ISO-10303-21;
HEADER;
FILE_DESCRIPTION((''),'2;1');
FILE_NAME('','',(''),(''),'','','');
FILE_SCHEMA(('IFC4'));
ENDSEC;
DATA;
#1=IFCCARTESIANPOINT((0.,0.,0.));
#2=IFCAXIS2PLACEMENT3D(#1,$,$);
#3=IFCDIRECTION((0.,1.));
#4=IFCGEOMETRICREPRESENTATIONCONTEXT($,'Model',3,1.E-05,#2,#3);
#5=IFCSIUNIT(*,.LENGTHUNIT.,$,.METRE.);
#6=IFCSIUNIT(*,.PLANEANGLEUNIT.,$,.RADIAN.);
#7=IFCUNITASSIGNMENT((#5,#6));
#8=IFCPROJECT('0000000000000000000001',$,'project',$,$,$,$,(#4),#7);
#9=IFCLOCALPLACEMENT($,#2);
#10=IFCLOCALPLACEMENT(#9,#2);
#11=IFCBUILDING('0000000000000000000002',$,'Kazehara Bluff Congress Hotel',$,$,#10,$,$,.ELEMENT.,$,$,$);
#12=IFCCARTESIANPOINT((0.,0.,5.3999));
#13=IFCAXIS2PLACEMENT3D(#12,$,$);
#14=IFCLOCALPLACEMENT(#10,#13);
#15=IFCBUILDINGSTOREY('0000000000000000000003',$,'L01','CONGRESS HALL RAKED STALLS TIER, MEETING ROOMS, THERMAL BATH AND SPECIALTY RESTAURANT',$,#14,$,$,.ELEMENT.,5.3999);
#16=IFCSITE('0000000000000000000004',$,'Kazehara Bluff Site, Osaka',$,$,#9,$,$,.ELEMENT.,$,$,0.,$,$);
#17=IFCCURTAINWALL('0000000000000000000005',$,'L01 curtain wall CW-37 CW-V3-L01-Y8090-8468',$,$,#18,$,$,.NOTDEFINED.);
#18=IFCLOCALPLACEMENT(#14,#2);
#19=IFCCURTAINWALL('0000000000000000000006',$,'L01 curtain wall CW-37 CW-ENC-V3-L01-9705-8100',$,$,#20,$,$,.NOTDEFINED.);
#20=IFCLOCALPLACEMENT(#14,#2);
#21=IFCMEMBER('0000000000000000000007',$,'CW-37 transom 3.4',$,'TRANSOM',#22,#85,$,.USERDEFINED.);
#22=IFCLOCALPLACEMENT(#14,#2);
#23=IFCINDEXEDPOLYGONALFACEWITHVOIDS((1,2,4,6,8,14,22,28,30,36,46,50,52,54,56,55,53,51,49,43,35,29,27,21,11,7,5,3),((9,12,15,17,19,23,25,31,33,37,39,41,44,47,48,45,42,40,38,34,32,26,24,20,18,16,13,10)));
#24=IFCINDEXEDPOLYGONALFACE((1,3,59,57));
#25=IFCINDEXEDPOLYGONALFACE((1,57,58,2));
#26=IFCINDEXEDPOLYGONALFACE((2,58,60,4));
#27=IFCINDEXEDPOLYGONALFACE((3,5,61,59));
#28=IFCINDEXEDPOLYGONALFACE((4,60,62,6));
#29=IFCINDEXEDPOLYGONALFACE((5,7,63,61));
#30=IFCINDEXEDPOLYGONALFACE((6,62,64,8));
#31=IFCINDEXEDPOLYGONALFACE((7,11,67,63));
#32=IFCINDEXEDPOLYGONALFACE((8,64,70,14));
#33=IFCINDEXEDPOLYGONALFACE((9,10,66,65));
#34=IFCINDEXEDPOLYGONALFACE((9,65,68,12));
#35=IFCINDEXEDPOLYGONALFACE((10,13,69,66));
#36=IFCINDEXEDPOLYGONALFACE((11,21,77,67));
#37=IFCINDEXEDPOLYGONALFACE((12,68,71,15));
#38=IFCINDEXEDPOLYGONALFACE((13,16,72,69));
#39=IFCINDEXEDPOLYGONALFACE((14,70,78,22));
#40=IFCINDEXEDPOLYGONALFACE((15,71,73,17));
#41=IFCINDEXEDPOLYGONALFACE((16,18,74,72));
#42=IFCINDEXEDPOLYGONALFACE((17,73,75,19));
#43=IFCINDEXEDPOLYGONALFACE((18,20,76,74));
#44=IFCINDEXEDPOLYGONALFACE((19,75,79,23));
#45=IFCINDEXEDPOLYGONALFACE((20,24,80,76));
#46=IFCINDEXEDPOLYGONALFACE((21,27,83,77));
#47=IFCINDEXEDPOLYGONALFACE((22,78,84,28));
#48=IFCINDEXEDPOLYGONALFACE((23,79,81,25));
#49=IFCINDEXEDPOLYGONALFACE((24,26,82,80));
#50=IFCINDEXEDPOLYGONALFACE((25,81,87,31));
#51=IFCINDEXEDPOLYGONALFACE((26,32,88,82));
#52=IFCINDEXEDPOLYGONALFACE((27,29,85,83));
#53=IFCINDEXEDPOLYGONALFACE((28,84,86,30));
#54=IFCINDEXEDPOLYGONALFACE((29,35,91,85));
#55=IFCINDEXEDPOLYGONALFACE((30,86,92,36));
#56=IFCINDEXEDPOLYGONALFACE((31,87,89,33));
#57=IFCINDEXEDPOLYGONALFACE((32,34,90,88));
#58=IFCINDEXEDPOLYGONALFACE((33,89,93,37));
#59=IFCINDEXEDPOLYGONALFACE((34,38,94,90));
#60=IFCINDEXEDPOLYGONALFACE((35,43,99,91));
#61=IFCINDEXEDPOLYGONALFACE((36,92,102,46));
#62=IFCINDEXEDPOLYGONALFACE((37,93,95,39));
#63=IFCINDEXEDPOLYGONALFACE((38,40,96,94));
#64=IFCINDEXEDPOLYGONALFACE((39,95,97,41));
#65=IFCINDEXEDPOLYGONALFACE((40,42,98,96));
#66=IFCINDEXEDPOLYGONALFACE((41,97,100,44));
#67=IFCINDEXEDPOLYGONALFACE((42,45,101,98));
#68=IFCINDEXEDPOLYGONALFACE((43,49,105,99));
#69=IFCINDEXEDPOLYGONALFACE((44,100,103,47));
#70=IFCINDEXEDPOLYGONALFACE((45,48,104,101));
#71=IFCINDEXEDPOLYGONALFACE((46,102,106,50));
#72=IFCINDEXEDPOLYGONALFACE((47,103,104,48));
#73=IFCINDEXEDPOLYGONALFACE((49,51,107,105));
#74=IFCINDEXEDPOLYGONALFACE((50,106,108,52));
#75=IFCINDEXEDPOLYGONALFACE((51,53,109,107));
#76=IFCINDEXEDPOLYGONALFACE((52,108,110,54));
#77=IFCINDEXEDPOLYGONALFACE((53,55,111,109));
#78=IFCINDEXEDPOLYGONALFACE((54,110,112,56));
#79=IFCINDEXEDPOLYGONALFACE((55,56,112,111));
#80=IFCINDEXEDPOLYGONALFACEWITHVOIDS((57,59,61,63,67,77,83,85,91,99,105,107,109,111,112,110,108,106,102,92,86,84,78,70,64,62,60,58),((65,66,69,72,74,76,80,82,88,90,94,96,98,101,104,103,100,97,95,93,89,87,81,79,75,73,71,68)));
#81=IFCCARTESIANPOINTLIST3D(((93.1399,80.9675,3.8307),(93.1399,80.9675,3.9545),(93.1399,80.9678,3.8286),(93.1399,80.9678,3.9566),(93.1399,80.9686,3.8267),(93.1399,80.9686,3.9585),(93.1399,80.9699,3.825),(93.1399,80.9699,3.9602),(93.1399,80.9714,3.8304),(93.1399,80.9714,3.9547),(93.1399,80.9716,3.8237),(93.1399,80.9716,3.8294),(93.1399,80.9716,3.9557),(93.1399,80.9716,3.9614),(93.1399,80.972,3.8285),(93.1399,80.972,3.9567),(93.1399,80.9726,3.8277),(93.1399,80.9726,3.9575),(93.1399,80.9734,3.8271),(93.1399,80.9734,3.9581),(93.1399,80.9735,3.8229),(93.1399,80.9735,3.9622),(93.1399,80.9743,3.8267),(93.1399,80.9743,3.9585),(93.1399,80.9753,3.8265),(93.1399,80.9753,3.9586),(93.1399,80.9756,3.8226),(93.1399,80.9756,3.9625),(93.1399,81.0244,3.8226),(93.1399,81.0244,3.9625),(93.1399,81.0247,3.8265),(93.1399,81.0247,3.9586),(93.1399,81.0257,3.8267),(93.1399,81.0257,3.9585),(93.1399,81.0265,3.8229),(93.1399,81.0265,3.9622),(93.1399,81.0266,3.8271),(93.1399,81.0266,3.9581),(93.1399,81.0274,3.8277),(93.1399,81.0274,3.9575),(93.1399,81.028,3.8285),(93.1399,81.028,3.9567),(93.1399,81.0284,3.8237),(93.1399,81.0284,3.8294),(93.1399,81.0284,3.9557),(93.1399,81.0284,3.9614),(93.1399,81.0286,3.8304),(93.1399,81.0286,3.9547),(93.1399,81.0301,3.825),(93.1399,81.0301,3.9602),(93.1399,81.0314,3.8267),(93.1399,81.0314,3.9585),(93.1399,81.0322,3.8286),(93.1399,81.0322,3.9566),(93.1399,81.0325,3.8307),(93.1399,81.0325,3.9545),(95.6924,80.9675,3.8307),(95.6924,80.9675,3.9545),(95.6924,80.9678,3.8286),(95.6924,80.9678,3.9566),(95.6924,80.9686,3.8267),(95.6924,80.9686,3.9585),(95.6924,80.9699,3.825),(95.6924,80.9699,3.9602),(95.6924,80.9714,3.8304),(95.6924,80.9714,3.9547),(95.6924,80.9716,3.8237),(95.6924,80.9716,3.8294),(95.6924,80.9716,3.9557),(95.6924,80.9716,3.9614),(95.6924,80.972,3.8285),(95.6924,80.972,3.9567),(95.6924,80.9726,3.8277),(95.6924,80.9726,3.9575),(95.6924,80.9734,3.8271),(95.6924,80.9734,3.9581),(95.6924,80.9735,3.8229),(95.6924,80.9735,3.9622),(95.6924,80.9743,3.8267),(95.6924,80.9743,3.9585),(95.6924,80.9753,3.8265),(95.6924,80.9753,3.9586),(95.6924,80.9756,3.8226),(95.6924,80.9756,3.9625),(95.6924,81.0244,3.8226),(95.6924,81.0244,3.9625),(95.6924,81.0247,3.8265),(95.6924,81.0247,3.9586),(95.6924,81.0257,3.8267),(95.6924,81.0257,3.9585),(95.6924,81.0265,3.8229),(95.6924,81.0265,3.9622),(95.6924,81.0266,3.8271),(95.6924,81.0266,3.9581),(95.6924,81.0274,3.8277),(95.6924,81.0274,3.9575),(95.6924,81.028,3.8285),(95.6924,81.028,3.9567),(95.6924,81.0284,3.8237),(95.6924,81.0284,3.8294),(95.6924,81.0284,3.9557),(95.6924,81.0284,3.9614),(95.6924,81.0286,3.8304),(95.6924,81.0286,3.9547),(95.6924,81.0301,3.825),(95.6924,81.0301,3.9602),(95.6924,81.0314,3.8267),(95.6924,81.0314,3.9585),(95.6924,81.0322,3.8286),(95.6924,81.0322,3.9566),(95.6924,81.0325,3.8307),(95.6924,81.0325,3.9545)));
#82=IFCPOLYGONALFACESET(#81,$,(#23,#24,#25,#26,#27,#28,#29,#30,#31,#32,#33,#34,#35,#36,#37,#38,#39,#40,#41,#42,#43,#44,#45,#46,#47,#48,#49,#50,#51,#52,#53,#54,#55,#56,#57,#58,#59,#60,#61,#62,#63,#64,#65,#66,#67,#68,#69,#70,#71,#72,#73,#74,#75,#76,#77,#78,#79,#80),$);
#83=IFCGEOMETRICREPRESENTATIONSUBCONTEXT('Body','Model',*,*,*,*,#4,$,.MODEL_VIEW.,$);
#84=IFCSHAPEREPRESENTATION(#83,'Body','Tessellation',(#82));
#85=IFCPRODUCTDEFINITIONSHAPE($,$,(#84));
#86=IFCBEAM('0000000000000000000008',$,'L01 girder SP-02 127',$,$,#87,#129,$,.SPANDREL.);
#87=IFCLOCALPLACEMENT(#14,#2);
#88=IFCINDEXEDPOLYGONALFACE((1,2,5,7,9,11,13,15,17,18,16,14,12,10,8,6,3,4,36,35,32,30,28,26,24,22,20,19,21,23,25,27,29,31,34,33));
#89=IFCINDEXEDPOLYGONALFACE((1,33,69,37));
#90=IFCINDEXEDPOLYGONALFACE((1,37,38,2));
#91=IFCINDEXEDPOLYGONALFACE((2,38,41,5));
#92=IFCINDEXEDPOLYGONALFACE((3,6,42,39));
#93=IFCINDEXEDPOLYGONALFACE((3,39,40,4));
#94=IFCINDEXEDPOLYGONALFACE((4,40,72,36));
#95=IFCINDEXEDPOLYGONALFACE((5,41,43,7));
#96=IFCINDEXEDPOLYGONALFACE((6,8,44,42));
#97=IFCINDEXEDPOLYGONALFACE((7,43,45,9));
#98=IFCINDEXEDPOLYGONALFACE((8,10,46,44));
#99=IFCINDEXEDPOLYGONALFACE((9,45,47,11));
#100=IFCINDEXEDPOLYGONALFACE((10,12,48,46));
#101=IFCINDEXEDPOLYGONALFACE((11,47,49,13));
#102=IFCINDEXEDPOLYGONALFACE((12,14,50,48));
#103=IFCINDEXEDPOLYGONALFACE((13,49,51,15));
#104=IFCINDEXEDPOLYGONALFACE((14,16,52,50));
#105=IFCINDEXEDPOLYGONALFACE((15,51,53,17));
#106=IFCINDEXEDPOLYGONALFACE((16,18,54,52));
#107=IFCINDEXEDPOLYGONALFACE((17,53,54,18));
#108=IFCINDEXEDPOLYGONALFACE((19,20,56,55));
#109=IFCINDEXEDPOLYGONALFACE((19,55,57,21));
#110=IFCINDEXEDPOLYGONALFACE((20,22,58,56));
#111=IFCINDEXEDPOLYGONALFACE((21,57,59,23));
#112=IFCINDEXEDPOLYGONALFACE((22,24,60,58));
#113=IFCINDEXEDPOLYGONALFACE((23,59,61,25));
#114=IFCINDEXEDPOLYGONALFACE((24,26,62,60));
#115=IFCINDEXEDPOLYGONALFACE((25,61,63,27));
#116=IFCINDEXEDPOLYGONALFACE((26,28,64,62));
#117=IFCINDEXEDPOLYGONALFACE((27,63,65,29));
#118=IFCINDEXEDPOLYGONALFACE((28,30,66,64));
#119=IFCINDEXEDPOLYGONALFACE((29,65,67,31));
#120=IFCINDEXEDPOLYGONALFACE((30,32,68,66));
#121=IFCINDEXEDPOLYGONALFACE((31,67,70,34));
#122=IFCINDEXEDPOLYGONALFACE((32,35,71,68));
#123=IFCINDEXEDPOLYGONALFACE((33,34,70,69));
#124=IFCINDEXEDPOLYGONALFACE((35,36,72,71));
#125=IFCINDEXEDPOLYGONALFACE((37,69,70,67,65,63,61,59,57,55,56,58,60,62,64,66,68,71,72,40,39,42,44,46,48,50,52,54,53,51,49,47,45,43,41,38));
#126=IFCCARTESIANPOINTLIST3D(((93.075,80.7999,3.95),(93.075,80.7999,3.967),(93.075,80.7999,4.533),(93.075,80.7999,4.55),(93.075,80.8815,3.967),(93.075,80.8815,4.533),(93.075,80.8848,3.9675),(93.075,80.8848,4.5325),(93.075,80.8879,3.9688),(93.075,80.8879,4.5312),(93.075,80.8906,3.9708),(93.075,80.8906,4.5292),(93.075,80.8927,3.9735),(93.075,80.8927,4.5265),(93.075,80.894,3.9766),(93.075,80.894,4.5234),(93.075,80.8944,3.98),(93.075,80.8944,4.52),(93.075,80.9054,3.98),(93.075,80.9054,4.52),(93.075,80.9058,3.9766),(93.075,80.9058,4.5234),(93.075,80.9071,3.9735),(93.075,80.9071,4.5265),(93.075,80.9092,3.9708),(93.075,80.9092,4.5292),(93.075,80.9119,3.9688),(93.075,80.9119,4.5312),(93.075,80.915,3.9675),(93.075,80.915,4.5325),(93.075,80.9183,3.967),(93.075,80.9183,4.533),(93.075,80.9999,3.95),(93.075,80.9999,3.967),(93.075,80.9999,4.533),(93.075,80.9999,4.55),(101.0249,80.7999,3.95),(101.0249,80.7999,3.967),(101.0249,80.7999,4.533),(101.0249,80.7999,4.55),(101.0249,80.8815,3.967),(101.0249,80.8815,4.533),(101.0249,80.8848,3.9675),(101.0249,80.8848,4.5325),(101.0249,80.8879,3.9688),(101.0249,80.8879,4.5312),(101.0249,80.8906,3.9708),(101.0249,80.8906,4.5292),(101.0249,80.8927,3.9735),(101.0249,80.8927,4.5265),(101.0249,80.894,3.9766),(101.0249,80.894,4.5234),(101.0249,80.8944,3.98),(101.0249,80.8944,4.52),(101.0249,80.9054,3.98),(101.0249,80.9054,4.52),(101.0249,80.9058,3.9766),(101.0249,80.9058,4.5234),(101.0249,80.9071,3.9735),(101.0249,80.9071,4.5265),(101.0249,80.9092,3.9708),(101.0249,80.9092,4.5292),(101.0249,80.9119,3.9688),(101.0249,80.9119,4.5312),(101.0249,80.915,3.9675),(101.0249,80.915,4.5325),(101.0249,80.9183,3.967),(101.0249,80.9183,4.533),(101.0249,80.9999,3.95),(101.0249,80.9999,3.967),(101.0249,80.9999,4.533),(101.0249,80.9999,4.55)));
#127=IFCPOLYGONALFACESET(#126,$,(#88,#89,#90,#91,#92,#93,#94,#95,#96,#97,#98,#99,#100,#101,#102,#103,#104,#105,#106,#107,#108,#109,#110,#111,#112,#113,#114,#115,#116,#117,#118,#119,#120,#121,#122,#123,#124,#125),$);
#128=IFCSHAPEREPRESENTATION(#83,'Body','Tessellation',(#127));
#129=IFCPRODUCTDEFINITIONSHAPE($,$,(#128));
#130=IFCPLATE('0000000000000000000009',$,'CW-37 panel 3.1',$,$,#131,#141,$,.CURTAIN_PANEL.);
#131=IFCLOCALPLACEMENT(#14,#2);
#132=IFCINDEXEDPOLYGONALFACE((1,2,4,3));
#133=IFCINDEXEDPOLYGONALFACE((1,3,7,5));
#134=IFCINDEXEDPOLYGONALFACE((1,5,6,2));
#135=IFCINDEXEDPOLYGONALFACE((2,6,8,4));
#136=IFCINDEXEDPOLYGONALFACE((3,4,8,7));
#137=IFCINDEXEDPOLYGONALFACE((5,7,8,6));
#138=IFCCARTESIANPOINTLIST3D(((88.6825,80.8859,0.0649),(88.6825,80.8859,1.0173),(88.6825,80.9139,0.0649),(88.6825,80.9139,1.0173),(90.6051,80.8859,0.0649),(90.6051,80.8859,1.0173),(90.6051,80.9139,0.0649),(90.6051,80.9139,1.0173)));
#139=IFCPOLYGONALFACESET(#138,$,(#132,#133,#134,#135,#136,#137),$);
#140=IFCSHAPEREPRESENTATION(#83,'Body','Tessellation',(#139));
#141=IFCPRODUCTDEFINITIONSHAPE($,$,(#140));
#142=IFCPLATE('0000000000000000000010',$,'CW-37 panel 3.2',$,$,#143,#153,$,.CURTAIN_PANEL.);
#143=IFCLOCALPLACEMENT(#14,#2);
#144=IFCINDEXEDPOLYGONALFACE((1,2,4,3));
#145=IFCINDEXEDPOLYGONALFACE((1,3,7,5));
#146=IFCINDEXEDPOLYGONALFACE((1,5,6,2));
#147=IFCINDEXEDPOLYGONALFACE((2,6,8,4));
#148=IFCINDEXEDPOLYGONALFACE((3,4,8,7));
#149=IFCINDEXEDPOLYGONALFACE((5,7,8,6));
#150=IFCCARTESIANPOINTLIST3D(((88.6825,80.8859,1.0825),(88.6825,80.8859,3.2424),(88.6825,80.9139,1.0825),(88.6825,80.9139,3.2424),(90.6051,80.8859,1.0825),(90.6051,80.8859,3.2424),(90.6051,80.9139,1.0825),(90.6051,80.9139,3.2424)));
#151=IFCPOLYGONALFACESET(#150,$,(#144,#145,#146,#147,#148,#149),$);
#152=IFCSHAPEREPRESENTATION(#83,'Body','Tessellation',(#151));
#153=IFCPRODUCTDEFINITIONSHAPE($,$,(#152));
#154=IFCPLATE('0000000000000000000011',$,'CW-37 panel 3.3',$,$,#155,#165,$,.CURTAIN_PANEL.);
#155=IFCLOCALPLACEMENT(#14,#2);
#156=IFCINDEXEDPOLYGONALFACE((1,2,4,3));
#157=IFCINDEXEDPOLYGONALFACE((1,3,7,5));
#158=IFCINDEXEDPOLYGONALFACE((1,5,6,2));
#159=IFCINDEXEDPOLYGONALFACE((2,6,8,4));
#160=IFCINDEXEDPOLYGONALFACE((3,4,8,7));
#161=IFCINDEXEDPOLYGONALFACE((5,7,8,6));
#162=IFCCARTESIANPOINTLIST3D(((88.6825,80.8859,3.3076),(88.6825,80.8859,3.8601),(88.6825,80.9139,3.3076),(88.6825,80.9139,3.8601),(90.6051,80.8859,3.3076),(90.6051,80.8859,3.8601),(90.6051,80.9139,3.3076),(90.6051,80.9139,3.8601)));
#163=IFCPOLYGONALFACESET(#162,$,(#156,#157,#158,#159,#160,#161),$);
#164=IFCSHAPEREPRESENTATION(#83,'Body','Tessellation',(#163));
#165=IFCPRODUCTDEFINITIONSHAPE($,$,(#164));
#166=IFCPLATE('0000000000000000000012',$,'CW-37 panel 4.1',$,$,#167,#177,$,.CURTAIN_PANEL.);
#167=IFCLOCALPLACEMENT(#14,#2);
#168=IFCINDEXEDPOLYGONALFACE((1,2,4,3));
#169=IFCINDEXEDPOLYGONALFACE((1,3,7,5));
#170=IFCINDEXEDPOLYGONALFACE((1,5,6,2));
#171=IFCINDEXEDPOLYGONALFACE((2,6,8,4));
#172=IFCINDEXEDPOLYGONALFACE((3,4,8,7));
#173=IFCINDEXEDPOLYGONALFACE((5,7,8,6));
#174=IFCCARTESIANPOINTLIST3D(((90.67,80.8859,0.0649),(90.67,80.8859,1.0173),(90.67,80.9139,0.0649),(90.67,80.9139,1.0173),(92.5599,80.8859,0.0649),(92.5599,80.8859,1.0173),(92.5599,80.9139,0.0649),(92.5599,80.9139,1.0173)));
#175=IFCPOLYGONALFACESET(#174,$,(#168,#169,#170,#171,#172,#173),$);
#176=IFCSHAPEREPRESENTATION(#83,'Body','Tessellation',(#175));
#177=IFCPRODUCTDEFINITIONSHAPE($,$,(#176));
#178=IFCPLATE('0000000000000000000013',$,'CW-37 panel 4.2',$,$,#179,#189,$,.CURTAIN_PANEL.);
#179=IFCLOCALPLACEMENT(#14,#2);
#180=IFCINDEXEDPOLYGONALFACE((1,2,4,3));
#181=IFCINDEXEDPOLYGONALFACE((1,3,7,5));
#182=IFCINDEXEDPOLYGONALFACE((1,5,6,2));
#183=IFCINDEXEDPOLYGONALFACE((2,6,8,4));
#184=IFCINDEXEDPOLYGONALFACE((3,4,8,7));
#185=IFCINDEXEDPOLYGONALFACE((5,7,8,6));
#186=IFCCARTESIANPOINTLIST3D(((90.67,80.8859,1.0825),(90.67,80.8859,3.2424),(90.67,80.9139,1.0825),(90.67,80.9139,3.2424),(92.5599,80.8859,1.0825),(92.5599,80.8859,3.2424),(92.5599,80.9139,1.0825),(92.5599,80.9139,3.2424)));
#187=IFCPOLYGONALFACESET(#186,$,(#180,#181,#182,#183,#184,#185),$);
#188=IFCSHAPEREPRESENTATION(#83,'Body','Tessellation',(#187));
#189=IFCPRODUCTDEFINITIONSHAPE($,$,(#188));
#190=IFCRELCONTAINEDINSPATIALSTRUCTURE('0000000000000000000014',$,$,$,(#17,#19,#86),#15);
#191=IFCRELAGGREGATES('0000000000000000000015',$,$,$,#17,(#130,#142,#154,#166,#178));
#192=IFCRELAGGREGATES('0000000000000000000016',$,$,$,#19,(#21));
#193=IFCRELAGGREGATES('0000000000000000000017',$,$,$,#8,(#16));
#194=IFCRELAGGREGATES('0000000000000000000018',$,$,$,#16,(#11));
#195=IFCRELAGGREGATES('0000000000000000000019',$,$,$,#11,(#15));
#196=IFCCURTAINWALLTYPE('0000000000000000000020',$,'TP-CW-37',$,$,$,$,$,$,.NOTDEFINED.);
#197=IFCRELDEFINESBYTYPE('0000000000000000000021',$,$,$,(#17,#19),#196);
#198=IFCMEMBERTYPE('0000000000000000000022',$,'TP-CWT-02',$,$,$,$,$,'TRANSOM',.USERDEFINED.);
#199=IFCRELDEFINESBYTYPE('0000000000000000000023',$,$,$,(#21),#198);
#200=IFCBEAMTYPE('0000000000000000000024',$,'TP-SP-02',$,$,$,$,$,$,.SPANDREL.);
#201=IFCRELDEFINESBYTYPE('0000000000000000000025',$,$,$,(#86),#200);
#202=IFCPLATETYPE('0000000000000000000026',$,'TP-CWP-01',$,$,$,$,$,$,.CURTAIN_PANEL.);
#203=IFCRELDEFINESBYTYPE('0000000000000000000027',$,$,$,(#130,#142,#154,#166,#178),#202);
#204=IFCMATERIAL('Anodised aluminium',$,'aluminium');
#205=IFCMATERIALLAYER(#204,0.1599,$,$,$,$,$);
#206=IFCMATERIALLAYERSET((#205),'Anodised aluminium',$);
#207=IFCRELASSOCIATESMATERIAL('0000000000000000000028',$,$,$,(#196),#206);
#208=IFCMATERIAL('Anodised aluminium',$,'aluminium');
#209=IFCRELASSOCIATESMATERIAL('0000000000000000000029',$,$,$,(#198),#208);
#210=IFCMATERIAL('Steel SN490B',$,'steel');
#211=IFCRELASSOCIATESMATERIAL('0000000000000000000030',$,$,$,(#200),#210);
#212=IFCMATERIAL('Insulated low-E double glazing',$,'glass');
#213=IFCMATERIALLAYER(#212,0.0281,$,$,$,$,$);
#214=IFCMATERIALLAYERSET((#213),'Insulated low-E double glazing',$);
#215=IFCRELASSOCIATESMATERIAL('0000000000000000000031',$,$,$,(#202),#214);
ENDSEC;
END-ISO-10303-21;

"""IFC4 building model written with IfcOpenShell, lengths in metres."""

from ifc_helpers import new_model, si_unit, direction, frame, origin, origin_2d, place, context, subcontext, project, spatial, rectangle, hollow_rectangle, i_section, extrude, material, layer, layer_set, material_profile, profile_set, type_object, element, aggregate, save


model = new_model("IFC4")

# Units and contexts
model_context = context("Model", 3, precision=1e-05, world=origin(), true_north=direction((0.0, 1.0)))
body_context = subcontext(model_context, "Body", "Model", "MODEL_VIEW")
ifc_project = project(units=[si_unit("LENGTHUNIT", "METRE"), si_unit("PLANEANGLEUNIT", "RADIAN")], contexts=[model_context])

# Site, building, storey
site_placement = place(None, origin())
site = spatial("IfcSite", under=ifc_project, at=site_placement, Name="Kazehara Bluff Site, Osaka", CompositionType="ELEMENT", RefElevation=0.0)
building_placement = place(site_placement, origin())
building = spatial("IfcBuilding", under=site, at=building_placement, Name="Kazehara Bluff Congress Hotel", CompositionType="ELEMENT")
storey_placement = place(building_placement, frame((0.0, 0.0, 5.3999)))
storey = spatial("IfcBuildingStorey", under=building, at=storey_placement, Name="L01", Description="CONGRESS HALL RAKED STALLS TIER, MEETING ROOMS, THERMAL BATH AND SPECIALTY RESTAURANT", CompositionType="ELEMENT", Elevation=5.3999)

# Curtain walls
ifc_material_1 = material(Name="Anodised aluminium", Category="aluminium")
ifc_layer_1 = layer(ifc_material_1, 0.1599)
ifc_layer_set_1 = layer_set([ifc_layer_1], Name="Anodised aluminium")
curtain_wall_type = type_object("IfcCurtainWallType", Name="TP-CW-37", PredefinedType="NOTDEFINED", material=ifc_layer_set_1)
curtain_wall_1_placement = place(storey_placement, origin())
curtain_wall_1 = element("IfcCurtainWall", 1, at=curtain_wall_1_placement, inside=storey, type_object=curtain_wall_type, Name="L01 curtain wall CW-37 CW-V3-L01-Y8090-8468", PredefinedType="NOTDEFINED")
curtain_wall_2_placement = place(storey_placement, origin())
curtain_wall_2 = element("IfcCurtainWall", 2, at=curtain_wall_2_placement, inside=storey, type_object=curtain_wall_type, Name="L01 curtain wall CW-37 CW-ENC-V3-L01-9705-8100", PredefinedType="NOTDEFINED")

# Member
ifc_material_2 = material(Name="Anodised aluminium", Category="aluminium")
ifc_material_profile_1 = material_profile(ifc_material_2, hollow_rectangle(XDim=0.0649, YDim=0.1399, WallThickness=0.0039, InnerFilletRadius=0.0039, OuterFilletRadius=0.0081, at=origin_2d()))
ifc_profile_set_1 = profile_set([ifc_material_profile_1], Name="Anodised aluminium")
member_type_1 = type_object("IfcMemberType", Name="TP-CWT-02", ElementType="TRANSOM", PredefinedType="USERDEFINED", material=ifc_profile_set_1)
member_1_placement = place(storey_placement, frame((95.6924, 81.0, 3.8926), z_axis=(-1.0, 0.0, 0.0), x_axis=(0.0, -1.0, 0.0)))
member_1 = element("IfcMember", 3, at=member_1_placement, type_object=member_type_1, Name="CW-37 transom 3.4", ObjectType="TRANSOM", PredefinedType="USERDEFINED", context=body_context, shape_type="SweptSolid", body=[
    extrude(hollow_rectangle(XDim=0.0649, YDim=0.1399, WallThickness=0.0039, InnerFilletRadius=0.0039, OuterFilletRadius=0.0081, at=origin_2d()), origin(), (0.0, 0.0, 1.0), 2.5525),
])

# Beam
ifc_material_3 = material(Name="Steel SN490B", Category="steel")
ifc_material_profile_2 = material_profile(ifc_material_3, i_section(OverallWidth=0.2, OverallDepth=0.6001, WebThickness=0.011, FlangeThickness=0.0171, FilletRadius=0.0129, at=origin_2d()))
ifc_profile_set_2 = profile_set([ifc_material_profile_2], Name="Steel SN490B")
beam_type = type_object("IfcBeamType", Name="TP-SP-02", PredefinedType="SPANDREL", material=ifc_profile_set_2)
beam_placement = place(storey_placement, frame((93.075, 80.8999, 4.25), z_axis=(1.0, 0.0, 0.0), x_axis=(0.0, 1.0, 0.0)))
element("IfcBeam", 4, at=beam_placement, inside=storey, type_object=beam_type, Name="L01 girder SP-02 127", PredefinedType="SPANDREL", context=body_context, shape_type="SweptSolid", body=[
    extrude(i_section(OverallWidth=0.2, OverallDepth=0.6001, WebThickness=0.011, FlangeThickness=0.0171, FilletRadius=0.0129, at=origin_2d()), origin(), (0.0, 0.0, 1.0), 7.95),
])

# Plates
ifc_material_4 = material(Name="Insulated low-E double glazing", Category="glass")
ifc_layer_2 = layer(ifc_material_4, 0.0281)
ifc_layer_set_2 = layer_set([ifc_layer_2], Name="Insulated low-E double glazing")
plate_type = type_object("IfcPlateType", Name="TP-CWP-01", PredefinedType="CURTAIN_PANEL", material=ifc_layer_set_2)
plate_1_placement = place(storey_placement, frame((89.6438, 80.8999, 0.0649), z_axis=(0.0, 0.0, 1.0), x_axis=(1.0, 0.0, 0.0)))
plate_1 = element("IfcPlate", 5, at=plate_1_placement, type_object=plate_type, Name="CW-37 panel 3.1", PredefinedType="CURTAIN_PANEL", context=body_context, shape_type="SweptSolid", body=[
    extrude(rectangle(XDim=1.9226, YDim=0.0281, at=origin_2d()), origin(), (0.0, 0.0, 1.0), 0.9524),
])
plate_2_placement = place(storey_placement, frame((89.6438, 80.8999, 1.0825), z_axis=(0.0, 0.0, 1.0), x_axis=(1.0, 0.0, 0.0)))
plate_2 = element("IfcPlate", 6, at=plate_2_placement, type_object=plate_type, Name="CW-37 panel 3.2", PredefinedType="CURTAIN_PANEL", context=body_context, shape_type="SweptSolid", body=[
    extrude(rectangle(XDim=1.9226, YDim=0.0281, at=origin_2d()), origin(), (0.0, 0.0, 1.0), 2.1599),
])
plate_3_placement = place(storey_placement, frame((89.6438, 80.8999, 3.3076), z_axis=(0.0, 0.0, 1.0), x_axis=(1.0, 0.0, 0.0)))
plate_3 = element("IfcPlate", 7, at=plate_3_placement, type_object=plate_type, Name="CW-37 panel 3.3", PredefinedType="CURTAIN_PANEL", context=body_context, shape_type="SweptSolid", body=[
    extrude(rectangle(XDim=1.9226, YDim=0.0281, at=origin_2d()), origin(), (0.0, 0.0, 1.0), 0.5525),
])
plate_4_placement = place(storey_placement, frame((91.615, 80.8999, 0.0649), z_axis=(0.0, 0.0, 1.0), x_axis=(1.0, 0.0, 0.0)))
plate_4 = element("IfcPlate", 8, at=plate_4_placement, type_object=plate_type, Name="CW-37 panel 4.1", PredefinedType="CURTAIN_PANEL", context=body_context, shape_type="SweptSolid", body=[
    extrude(rectangle(XDim=1.8899, YDim=0.0281, at=origin_2d()), origin(), (0.0, 0.0, 1.0), 0.9524),
])
plate_5_placement = place(storey_placement, frame((91.615, 80.8999, 1.0825), z_axis=(0.0, 0.0, 1.0), x_axis=(1.0, 0.0, 0.0)))
plate_5 = element("IfcPlate", 9, at=plate_5_placement, type_object=plate_type, Name="CW-37 panel 4.2", PredefinedType="CURTAIN_PANEL", context=body_context, shape_type="SweptSolid", body=[
    extrude(rectangle(XDim=1.8899, YDim=0.0281, at=origin_2d()), origin(), (0.0, 0.0, 1.0), 2.1599),
])
aggregate(curtain_wall_1, [plate_1, plate_2, plate_3, plate_4, plate_5])
aggregate(curtain_wall_2, [member_1])

save(model, "model.ifc")
